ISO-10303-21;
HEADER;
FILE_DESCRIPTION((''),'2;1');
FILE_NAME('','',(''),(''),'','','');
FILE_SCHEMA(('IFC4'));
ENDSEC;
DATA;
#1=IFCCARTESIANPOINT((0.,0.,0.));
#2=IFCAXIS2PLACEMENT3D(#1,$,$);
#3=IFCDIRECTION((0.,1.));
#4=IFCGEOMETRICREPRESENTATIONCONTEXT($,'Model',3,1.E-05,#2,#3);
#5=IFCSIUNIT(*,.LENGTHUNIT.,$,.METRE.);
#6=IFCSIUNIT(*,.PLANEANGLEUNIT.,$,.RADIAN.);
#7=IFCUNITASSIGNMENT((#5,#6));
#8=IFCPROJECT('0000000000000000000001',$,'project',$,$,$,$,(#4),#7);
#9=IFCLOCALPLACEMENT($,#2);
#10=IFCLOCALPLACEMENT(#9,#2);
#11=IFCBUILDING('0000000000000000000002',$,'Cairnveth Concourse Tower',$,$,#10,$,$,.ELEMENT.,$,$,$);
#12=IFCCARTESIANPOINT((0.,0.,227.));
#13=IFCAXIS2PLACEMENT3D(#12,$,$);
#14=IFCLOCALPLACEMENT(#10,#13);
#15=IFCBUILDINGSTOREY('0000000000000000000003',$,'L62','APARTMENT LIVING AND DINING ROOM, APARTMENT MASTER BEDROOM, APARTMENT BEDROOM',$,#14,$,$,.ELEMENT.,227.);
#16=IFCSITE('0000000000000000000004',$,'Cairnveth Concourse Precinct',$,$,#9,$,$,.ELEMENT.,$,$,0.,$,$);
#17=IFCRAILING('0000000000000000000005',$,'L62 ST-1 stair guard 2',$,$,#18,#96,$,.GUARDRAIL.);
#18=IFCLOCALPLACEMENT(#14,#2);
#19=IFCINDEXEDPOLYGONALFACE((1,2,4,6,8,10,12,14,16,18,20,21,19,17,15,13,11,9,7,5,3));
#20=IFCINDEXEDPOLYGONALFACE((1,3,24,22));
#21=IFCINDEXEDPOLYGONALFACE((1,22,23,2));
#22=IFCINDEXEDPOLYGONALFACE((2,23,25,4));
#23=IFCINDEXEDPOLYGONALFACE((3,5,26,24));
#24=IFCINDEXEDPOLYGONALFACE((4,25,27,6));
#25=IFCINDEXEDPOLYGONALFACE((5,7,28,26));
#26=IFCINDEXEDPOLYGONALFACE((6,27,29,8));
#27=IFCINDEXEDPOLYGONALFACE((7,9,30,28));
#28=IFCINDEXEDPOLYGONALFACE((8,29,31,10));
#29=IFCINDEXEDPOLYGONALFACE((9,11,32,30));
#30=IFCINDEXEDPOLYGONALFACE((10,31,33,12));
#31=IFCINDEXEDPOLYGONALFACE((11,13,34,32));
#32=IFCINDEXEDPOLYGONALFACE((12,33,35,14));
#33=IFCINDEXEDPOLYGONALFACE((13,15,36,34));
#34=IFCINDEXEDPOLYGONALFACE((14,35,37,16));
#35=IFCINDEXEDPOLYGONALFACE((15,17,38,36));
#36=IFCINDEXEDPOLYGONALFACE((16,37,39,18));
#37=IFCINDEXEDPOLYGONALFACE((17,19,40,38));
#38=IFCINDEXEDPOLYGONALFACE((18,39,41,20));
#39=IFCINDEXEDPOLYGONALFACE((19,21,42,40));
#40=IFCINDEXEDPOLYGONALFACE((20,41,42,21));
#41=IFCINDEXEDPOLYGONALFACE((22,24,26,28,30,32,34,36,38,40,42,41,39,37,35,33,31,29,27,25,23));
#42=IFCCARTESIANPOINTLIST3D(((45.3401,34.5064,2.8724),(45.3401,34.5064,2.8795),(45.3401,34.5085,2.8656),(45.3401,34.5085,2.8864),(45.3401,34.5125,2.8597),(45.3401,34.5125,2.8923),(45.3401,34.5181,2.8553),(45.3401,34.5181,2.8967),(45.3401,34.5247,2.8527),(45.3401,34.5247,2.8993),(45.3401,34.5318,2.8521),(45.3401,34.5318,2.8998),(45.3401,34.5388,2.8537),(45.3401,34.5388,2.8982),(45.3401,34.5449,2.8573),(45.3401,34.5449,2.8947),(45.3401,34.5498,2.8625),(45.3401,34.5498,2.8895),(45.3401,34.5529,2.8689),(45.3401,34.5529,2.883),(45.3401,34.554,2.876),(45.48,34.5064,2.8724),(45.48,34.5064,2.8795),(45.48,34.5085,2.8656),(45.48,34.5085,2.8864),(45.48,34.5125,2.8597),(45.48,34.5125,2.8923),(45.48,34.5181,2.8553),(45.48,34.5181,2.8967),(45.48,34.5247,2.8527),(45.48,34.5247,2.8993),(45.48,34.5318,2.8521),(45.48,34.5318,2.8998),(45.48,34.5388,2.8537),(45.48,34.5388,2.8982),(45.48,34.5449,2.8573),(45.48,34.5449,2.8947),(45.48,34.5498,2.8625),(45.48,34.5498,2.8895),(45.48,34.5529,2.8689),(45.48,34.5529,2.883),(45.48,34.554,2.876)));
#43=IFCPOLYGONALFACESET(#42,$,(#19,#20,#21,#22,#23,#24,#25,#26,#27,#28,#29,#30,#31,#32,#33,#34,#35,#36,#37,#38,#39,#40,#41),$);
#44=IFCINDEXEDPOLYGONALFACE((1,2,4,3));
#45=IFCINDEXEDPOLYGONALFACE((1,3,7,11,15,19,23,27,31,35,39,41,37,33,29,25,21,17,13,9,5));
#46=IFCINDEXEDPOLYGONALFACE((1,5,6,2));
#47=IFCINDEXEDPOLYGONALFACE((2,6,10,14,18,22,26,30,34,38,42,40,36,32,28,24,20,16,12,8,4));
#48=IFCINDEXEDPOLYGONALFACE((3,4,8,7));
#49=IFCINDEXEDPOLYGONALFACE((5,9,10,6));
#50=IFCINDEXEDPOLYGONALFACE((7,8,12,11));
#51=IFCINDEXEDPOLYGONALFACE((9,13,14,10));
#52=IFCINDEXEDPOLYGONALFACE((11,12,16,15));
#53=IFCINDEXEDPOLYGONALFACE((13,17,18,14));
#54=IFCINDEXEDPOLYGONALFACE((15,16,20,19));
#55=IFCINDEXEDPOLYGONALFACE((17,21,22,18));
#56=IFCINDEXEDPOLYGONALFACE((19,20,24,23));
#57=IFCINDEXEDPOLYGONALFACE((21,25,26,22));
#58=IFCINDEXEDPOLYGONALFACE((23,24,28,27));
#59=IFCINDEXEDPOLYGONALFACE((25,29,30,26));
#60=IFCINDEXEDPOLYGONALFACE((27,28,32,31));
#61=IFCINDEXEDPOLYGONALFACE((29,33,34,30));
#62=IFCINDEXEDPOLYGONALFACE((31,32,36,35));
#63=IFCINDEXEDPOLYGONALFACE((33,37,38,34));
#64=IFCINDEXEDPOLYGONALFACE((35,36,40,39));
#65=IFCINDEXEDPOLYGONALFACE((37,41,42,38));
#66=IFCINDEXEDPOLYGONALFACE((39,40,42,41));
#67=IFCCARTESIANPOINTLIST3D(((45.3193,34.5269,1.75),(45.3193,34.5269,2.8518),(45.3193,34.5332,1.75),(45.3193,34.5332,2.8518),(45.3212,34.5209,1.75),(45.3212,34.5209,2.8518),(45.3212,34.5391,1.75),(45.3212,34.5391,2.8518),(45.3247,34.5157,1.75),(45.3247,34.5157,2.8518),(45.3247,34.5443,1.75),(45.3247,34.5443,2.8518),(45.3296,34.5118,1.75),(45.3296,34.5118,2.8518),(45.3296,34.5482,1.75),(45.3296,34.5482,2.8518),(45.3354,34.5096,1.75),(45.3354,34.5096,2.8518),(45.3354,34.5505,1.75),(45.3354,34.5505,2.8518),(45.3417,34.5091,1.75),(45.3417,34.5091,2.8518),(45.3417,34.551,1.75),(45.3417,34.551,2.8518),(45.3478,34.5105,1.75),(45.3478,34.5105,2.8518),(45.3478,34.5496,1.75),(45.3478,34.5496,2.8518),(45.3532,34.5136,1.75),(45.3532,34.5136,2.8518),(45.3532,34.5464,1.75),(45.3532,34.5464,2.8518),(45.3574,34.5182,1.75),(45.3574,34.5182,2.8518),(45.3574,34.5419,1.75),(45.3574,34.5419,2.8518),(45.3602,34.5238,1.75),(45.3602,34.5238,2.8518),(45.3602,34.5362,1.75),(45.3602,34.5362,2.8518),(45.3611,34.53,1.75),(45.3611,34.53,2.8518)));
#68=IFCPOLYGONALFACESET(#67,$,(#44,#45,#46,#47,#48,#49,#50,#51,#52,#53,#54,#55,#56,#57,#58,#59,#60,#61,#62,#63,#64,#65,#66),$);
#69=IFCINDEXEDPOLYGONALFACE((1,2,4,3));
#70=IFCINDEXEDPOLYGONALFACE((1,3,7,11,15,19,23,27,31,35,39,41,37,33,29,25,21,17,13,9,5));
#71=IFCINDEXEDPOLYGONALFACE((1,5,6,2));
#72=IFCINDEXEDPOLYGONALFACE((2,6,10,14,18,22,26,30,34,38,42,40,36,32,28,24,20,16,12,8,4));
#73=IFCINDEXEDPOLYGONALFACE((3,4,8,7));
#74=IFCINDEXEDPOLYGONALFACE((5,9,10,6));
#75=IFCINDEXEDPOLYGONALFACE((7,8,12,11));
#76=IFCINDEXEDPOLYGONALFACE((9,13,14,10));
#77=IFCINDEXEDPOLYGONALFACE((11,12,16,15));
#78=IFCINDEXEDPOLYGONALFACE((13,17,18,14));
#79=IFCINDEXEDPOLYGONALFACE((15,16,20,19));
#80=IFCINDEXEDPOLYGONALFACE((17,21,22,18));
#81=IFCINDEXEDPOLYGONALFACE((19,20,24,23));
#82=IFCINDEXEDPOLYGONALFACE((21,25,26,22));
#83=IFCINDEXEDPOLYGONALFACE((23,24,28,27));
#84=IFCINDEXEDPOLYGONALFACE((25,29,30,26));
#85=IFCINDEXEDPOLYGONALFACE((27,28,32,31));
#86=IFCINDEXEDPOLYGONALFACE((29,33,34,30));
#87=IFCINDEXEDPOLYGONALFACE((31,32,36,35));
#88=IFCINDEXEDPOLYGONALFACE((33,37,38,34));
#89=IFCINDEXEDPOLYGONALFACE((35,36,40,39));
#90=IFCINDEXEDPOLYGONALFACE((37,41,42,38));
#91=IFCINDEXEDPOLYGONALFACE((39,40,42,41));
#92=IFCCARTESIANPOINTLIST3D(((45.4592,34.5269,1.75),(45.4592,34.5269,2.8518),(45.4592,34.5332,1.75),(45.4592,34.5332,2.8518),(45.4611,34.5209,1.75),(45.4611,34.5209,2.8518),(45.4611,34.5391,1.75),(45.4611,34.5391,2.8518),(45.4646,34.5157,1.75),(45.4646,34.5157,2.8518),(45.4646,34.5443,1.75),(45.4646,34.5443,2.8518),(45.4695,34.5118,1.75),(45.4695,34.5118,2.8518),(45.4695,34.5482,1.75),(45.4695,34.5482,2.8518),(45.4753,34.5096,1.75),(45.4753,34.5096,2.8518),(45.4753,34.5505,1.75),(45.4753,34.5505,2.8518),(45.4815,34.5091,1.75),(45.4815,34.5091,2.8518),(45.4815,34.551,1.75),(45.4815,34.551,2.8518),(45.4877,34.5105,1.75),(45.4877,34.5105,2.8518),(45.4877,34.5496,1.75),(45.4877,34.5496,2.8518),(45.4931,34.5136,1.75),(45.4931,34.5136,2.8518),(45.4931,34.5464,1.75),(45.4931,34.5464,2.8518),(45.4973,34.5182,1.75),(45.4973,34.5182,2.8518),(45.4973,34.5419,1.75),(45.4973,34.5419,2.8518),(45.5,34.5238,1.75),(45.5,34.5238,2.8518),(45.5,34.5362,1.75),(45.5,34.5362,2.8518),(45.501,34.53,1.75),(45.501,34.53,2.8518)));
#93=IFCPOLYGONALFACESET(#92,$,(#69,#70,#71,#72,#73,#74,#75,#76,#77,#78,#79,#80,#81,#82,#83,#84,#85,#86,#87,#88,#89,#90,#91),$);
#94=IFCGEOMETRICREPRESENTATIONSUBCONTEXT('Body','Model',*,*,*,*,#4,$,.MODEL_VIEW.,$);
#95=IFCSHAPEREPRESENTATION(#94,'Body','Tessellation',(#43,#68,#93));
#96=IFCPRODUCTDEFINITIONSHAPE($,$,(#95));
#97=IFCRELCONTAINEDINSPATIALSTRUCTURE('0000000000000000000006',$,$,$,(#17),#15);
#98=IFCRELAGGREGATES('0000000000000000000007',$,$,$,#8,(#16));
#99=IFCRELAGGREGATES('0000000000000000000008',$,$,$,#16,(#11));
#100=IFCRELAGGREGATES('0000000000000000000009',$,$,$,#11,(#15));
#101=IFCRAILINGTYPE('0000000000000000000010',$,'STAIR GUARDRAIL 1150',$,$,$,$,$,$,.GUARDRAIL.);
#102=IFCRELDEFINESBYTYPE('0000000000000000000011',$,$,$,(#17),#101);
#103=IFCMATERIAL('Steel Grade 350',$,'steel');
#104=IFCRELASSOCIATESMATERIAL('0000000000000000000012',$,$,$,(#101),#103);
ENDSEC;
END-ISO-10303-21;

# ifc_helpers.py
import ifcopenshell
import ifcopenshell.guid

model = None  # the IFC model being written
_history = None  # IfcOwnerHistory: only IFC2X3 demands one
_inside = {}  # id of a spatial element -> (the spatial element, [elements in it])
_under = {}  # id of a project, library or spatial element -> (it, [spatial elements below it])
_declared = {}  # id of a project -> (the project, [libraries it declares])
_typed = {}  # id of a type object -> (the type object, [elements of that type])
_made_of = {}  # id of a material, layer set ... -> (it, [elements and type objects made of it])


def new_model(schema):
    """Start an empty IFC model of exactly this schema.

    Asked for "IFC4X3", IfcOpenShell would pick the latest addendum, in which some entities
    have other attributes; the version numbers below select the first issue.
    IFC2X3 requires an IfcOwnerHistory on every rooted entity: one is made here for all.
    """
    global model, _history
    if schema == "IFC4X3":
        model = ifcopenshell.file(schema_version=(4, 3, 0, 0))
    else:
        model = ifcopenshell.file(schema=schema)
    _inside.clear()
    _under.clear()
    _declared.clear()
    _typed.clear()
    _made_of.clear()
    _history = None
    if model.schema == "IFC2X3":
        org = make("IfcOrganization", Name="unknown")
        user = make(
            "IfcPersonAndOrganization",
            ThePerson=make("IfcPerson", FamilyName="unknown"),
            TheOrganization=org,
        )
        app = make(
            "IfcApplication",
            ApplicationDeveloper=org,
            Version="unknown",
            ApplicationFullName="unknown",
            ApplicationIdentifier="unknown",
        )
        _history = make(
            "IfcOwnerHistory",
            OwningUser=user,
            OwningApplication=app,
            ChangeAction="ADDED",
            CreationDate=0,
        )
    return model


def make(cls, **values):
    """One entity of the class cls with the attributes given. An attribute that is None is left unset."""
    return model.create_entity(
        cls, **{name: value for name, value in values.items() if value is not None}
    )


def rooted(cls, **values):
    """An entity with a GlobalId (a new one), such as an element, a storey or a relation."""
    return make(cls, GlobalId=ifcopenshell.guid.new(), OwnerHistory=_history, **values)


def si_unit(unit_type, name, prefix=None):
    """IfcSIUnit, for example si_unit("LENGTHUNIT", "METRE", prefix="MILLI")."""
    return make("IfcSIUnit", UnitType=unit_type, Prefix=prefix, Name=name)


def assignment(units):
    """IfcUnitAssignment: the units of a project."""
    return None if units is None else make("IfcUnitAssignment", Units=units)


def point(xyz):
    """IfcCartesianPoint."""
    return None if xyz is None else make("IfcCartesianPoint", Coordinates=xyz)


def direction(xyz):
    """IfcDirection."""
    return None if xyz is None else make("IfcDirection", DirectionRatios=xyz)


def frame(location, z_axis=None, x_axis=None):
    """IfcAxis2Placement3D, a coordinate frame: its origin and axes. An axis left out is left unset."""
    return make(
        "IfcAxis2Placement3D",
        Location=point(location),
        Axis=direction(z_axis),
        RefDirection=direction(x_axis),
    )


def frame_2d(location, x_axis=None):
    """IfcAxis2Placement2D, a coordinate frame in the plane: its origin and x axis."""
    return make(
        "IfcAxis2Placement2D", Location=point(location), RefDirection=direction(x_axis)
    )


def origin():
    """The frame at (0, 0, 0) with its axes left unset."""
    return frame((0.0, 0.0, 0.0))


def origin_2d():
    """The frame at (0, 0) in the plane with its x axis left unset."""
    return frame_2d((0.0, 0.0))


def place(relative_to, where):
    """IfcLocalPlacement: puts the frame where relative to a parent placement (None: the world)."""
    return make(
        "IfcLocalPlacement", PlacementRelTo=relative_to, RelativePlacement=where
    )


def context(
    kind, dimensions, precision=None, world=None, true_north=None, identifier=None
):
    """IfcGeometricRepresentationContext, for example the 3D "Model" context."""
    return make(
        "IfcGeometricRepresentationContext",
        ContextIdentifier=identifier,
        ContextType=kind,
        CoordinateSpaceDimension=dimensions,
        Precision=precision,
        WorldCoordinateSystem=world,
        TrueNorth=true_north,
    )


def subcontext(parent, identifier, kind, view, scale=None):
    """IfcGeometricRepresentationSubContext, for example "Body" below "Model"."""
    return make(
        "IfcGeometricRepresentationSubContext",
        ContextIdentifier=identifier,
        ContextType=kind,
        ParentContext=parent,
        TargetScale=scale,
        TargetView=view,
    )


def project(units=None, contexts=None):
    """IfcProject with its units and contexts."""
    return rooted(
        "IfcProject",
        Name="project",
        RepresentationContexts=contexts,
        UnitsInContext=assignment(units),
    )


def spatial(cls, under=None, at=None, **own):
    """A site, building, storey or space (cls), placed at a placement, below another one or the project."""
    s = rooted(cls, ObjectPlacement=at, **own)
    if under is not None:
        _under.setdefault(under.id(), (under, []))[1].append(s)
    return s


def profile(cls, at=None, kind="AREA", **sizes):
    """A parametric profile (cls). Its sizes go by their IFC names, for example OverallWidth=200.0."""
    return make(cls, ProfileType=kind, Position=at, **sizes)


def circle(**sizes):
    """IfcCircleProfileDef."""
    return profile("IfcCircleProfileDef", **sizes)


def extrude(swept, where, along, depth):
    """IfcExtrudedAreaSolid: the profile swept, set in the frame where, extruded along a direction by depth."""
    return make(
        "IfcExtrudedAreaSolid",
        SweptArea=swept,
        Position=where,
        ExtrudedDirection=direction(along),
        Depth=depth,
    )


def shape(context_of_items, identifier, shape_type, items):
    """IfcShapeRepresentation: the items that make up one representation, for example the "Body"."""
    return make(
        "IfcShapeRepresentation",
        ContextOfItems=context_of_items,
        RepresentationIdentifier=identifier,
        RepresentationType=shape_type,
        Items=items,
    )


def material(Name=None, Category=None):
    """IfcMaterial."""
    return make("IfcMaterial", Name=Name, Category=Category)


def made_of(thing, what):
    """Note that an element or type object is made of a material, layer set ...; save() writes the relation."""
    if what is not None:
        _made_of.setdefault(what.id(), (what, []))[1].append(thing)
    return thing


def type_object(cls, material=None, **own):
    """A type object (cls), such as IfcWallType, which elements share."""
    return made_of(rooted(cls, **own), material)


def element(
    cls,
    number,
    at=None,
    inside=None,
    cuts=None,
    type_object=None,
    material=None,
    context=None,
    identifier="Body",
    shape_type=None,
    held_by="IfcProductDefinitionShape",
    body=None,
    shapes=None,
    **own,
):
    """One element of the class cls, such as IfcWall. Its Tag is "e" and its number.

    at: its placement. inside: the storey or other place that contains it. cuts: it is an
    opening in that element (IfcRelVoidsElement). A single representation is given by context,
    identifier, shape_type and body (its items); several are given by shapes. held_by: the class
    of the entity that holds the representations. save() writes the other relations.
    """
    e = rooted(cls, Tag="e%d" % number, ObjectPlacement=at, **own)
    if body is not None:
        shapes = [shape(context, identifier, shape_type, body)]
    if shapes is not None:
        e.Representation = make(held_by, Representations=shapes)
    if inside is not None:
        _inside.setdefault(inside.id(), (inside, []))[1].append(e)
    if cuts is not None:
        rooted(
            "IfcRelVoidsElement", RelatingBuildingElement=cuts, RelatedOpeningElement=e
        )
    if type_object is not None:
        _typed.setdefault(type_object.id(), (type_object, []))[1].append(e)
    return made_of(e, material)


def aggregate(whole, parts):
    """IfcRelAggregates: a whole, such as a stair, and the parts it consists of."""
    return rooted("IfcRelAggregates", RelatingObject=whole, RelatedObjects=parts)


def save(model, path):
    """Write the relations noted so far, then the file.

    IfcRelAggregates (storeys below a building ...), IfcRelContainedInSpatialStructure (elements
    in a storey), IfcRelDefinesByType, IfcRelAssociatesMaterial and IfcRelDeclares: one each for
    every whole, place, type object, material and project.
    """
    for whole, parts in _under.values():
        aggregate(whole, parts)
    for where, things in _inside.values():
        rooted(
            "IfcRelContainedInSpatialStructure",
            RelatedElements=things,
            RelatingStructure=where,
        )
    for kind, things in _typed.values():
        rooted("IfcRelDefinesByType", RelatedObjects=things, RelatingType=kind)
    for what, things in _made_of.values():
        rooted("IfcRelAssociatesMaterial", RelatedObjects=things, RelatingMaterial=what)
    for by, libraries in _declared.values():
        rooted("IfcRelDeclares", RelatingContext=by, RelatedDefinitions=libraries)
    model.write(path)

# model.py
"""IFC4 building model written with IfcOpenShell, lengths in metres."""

from ifc_helpers import new_model, si_unit, direction, frame, origin, origin_2d, place, context, subcontext, project, spatial, circle, extrude, material, type_object, element, save


model = new_model("IFC4")

# Units and contexts
model_context = context("Model", 3, precision=1e-05, world=origin(), true_north=direction((0.0, 1.0)))
body_context = subcontext(model_context, "Body", "Model", "MODEL_VIEW")
ifc_project = project(units=[si_unit("LENGTHUNIT", "METRE"), si_unit("PLANEANGLEUNIT", "RADIAN")], contexts=[model_context])

# Site, building, storey
site_placement = place(None, origin())
site = spatial("IfcSite", under=ifc_project, at=site_placement, Name="Cairnveth Concourse Precinct", CompositionType="ELEMENT", RefElevation=0.0)
building_placement = place(site_placement, origin())
building = spatial("IfcBuilding", under=site, at=building_placement, Name="Cairnveth Concourse Tower", CompositionType="ELEMENT")
storey_placement = place(building_placement, frame((0.0, 0.0, 227.0)))
storey = spatial("IfcBuildingStorey", under=building, at=storey_placement, Name="L62", Description="APARTMENT LIVING AND DINING ROOM, APARTMENT MASTER BEDROOM, APARTMENT BEDROOM", CompositionType="ELEMENT", Elevation=227.0)

# Shared definitions
ifc_material_1 = material(Name="Steel Grade 350", Category="steel")

# Railing
railing_type_1 = type_object("IfcRailingType", Name="STAIR GUARDRAIL 1150", PredefinedType="GUARDRAIL", material=ifc_material_1)
railing_1_placement = place(storey_placement, frame((45.3401, 34.53, 1.75)))
element("IfcRailing", 1, at=railing_1_placement, inside=storey, type_object=railing_type_1, Name="L62 ST-1 stair guard 2", PredefinedType="GUARDRAIL", context=body_context, shape_type="SweptSolid", body=[
    extrude(circle(Radius=0.0239, at=origin_2d()), frame((0.0, 0.0, 1.126), z_axis=(1.0, 0.0, 0.0), x_axis=(0.0, 1.0, 0.0)), (0.0, 0.0, 1.0), 0.1399),
    extrude(circle(Radius=0.021, at=origin_2d()), origin(), (0.0, 0.0, 1.0), 1.1018),
    extrude(circle(Radius=0.021, at=origin_2d()), frame((0.1399, 0.0, 0.0)), (0.0, 0.0, 1.0), 1.1018),
])

save(model, "model.ifc")
